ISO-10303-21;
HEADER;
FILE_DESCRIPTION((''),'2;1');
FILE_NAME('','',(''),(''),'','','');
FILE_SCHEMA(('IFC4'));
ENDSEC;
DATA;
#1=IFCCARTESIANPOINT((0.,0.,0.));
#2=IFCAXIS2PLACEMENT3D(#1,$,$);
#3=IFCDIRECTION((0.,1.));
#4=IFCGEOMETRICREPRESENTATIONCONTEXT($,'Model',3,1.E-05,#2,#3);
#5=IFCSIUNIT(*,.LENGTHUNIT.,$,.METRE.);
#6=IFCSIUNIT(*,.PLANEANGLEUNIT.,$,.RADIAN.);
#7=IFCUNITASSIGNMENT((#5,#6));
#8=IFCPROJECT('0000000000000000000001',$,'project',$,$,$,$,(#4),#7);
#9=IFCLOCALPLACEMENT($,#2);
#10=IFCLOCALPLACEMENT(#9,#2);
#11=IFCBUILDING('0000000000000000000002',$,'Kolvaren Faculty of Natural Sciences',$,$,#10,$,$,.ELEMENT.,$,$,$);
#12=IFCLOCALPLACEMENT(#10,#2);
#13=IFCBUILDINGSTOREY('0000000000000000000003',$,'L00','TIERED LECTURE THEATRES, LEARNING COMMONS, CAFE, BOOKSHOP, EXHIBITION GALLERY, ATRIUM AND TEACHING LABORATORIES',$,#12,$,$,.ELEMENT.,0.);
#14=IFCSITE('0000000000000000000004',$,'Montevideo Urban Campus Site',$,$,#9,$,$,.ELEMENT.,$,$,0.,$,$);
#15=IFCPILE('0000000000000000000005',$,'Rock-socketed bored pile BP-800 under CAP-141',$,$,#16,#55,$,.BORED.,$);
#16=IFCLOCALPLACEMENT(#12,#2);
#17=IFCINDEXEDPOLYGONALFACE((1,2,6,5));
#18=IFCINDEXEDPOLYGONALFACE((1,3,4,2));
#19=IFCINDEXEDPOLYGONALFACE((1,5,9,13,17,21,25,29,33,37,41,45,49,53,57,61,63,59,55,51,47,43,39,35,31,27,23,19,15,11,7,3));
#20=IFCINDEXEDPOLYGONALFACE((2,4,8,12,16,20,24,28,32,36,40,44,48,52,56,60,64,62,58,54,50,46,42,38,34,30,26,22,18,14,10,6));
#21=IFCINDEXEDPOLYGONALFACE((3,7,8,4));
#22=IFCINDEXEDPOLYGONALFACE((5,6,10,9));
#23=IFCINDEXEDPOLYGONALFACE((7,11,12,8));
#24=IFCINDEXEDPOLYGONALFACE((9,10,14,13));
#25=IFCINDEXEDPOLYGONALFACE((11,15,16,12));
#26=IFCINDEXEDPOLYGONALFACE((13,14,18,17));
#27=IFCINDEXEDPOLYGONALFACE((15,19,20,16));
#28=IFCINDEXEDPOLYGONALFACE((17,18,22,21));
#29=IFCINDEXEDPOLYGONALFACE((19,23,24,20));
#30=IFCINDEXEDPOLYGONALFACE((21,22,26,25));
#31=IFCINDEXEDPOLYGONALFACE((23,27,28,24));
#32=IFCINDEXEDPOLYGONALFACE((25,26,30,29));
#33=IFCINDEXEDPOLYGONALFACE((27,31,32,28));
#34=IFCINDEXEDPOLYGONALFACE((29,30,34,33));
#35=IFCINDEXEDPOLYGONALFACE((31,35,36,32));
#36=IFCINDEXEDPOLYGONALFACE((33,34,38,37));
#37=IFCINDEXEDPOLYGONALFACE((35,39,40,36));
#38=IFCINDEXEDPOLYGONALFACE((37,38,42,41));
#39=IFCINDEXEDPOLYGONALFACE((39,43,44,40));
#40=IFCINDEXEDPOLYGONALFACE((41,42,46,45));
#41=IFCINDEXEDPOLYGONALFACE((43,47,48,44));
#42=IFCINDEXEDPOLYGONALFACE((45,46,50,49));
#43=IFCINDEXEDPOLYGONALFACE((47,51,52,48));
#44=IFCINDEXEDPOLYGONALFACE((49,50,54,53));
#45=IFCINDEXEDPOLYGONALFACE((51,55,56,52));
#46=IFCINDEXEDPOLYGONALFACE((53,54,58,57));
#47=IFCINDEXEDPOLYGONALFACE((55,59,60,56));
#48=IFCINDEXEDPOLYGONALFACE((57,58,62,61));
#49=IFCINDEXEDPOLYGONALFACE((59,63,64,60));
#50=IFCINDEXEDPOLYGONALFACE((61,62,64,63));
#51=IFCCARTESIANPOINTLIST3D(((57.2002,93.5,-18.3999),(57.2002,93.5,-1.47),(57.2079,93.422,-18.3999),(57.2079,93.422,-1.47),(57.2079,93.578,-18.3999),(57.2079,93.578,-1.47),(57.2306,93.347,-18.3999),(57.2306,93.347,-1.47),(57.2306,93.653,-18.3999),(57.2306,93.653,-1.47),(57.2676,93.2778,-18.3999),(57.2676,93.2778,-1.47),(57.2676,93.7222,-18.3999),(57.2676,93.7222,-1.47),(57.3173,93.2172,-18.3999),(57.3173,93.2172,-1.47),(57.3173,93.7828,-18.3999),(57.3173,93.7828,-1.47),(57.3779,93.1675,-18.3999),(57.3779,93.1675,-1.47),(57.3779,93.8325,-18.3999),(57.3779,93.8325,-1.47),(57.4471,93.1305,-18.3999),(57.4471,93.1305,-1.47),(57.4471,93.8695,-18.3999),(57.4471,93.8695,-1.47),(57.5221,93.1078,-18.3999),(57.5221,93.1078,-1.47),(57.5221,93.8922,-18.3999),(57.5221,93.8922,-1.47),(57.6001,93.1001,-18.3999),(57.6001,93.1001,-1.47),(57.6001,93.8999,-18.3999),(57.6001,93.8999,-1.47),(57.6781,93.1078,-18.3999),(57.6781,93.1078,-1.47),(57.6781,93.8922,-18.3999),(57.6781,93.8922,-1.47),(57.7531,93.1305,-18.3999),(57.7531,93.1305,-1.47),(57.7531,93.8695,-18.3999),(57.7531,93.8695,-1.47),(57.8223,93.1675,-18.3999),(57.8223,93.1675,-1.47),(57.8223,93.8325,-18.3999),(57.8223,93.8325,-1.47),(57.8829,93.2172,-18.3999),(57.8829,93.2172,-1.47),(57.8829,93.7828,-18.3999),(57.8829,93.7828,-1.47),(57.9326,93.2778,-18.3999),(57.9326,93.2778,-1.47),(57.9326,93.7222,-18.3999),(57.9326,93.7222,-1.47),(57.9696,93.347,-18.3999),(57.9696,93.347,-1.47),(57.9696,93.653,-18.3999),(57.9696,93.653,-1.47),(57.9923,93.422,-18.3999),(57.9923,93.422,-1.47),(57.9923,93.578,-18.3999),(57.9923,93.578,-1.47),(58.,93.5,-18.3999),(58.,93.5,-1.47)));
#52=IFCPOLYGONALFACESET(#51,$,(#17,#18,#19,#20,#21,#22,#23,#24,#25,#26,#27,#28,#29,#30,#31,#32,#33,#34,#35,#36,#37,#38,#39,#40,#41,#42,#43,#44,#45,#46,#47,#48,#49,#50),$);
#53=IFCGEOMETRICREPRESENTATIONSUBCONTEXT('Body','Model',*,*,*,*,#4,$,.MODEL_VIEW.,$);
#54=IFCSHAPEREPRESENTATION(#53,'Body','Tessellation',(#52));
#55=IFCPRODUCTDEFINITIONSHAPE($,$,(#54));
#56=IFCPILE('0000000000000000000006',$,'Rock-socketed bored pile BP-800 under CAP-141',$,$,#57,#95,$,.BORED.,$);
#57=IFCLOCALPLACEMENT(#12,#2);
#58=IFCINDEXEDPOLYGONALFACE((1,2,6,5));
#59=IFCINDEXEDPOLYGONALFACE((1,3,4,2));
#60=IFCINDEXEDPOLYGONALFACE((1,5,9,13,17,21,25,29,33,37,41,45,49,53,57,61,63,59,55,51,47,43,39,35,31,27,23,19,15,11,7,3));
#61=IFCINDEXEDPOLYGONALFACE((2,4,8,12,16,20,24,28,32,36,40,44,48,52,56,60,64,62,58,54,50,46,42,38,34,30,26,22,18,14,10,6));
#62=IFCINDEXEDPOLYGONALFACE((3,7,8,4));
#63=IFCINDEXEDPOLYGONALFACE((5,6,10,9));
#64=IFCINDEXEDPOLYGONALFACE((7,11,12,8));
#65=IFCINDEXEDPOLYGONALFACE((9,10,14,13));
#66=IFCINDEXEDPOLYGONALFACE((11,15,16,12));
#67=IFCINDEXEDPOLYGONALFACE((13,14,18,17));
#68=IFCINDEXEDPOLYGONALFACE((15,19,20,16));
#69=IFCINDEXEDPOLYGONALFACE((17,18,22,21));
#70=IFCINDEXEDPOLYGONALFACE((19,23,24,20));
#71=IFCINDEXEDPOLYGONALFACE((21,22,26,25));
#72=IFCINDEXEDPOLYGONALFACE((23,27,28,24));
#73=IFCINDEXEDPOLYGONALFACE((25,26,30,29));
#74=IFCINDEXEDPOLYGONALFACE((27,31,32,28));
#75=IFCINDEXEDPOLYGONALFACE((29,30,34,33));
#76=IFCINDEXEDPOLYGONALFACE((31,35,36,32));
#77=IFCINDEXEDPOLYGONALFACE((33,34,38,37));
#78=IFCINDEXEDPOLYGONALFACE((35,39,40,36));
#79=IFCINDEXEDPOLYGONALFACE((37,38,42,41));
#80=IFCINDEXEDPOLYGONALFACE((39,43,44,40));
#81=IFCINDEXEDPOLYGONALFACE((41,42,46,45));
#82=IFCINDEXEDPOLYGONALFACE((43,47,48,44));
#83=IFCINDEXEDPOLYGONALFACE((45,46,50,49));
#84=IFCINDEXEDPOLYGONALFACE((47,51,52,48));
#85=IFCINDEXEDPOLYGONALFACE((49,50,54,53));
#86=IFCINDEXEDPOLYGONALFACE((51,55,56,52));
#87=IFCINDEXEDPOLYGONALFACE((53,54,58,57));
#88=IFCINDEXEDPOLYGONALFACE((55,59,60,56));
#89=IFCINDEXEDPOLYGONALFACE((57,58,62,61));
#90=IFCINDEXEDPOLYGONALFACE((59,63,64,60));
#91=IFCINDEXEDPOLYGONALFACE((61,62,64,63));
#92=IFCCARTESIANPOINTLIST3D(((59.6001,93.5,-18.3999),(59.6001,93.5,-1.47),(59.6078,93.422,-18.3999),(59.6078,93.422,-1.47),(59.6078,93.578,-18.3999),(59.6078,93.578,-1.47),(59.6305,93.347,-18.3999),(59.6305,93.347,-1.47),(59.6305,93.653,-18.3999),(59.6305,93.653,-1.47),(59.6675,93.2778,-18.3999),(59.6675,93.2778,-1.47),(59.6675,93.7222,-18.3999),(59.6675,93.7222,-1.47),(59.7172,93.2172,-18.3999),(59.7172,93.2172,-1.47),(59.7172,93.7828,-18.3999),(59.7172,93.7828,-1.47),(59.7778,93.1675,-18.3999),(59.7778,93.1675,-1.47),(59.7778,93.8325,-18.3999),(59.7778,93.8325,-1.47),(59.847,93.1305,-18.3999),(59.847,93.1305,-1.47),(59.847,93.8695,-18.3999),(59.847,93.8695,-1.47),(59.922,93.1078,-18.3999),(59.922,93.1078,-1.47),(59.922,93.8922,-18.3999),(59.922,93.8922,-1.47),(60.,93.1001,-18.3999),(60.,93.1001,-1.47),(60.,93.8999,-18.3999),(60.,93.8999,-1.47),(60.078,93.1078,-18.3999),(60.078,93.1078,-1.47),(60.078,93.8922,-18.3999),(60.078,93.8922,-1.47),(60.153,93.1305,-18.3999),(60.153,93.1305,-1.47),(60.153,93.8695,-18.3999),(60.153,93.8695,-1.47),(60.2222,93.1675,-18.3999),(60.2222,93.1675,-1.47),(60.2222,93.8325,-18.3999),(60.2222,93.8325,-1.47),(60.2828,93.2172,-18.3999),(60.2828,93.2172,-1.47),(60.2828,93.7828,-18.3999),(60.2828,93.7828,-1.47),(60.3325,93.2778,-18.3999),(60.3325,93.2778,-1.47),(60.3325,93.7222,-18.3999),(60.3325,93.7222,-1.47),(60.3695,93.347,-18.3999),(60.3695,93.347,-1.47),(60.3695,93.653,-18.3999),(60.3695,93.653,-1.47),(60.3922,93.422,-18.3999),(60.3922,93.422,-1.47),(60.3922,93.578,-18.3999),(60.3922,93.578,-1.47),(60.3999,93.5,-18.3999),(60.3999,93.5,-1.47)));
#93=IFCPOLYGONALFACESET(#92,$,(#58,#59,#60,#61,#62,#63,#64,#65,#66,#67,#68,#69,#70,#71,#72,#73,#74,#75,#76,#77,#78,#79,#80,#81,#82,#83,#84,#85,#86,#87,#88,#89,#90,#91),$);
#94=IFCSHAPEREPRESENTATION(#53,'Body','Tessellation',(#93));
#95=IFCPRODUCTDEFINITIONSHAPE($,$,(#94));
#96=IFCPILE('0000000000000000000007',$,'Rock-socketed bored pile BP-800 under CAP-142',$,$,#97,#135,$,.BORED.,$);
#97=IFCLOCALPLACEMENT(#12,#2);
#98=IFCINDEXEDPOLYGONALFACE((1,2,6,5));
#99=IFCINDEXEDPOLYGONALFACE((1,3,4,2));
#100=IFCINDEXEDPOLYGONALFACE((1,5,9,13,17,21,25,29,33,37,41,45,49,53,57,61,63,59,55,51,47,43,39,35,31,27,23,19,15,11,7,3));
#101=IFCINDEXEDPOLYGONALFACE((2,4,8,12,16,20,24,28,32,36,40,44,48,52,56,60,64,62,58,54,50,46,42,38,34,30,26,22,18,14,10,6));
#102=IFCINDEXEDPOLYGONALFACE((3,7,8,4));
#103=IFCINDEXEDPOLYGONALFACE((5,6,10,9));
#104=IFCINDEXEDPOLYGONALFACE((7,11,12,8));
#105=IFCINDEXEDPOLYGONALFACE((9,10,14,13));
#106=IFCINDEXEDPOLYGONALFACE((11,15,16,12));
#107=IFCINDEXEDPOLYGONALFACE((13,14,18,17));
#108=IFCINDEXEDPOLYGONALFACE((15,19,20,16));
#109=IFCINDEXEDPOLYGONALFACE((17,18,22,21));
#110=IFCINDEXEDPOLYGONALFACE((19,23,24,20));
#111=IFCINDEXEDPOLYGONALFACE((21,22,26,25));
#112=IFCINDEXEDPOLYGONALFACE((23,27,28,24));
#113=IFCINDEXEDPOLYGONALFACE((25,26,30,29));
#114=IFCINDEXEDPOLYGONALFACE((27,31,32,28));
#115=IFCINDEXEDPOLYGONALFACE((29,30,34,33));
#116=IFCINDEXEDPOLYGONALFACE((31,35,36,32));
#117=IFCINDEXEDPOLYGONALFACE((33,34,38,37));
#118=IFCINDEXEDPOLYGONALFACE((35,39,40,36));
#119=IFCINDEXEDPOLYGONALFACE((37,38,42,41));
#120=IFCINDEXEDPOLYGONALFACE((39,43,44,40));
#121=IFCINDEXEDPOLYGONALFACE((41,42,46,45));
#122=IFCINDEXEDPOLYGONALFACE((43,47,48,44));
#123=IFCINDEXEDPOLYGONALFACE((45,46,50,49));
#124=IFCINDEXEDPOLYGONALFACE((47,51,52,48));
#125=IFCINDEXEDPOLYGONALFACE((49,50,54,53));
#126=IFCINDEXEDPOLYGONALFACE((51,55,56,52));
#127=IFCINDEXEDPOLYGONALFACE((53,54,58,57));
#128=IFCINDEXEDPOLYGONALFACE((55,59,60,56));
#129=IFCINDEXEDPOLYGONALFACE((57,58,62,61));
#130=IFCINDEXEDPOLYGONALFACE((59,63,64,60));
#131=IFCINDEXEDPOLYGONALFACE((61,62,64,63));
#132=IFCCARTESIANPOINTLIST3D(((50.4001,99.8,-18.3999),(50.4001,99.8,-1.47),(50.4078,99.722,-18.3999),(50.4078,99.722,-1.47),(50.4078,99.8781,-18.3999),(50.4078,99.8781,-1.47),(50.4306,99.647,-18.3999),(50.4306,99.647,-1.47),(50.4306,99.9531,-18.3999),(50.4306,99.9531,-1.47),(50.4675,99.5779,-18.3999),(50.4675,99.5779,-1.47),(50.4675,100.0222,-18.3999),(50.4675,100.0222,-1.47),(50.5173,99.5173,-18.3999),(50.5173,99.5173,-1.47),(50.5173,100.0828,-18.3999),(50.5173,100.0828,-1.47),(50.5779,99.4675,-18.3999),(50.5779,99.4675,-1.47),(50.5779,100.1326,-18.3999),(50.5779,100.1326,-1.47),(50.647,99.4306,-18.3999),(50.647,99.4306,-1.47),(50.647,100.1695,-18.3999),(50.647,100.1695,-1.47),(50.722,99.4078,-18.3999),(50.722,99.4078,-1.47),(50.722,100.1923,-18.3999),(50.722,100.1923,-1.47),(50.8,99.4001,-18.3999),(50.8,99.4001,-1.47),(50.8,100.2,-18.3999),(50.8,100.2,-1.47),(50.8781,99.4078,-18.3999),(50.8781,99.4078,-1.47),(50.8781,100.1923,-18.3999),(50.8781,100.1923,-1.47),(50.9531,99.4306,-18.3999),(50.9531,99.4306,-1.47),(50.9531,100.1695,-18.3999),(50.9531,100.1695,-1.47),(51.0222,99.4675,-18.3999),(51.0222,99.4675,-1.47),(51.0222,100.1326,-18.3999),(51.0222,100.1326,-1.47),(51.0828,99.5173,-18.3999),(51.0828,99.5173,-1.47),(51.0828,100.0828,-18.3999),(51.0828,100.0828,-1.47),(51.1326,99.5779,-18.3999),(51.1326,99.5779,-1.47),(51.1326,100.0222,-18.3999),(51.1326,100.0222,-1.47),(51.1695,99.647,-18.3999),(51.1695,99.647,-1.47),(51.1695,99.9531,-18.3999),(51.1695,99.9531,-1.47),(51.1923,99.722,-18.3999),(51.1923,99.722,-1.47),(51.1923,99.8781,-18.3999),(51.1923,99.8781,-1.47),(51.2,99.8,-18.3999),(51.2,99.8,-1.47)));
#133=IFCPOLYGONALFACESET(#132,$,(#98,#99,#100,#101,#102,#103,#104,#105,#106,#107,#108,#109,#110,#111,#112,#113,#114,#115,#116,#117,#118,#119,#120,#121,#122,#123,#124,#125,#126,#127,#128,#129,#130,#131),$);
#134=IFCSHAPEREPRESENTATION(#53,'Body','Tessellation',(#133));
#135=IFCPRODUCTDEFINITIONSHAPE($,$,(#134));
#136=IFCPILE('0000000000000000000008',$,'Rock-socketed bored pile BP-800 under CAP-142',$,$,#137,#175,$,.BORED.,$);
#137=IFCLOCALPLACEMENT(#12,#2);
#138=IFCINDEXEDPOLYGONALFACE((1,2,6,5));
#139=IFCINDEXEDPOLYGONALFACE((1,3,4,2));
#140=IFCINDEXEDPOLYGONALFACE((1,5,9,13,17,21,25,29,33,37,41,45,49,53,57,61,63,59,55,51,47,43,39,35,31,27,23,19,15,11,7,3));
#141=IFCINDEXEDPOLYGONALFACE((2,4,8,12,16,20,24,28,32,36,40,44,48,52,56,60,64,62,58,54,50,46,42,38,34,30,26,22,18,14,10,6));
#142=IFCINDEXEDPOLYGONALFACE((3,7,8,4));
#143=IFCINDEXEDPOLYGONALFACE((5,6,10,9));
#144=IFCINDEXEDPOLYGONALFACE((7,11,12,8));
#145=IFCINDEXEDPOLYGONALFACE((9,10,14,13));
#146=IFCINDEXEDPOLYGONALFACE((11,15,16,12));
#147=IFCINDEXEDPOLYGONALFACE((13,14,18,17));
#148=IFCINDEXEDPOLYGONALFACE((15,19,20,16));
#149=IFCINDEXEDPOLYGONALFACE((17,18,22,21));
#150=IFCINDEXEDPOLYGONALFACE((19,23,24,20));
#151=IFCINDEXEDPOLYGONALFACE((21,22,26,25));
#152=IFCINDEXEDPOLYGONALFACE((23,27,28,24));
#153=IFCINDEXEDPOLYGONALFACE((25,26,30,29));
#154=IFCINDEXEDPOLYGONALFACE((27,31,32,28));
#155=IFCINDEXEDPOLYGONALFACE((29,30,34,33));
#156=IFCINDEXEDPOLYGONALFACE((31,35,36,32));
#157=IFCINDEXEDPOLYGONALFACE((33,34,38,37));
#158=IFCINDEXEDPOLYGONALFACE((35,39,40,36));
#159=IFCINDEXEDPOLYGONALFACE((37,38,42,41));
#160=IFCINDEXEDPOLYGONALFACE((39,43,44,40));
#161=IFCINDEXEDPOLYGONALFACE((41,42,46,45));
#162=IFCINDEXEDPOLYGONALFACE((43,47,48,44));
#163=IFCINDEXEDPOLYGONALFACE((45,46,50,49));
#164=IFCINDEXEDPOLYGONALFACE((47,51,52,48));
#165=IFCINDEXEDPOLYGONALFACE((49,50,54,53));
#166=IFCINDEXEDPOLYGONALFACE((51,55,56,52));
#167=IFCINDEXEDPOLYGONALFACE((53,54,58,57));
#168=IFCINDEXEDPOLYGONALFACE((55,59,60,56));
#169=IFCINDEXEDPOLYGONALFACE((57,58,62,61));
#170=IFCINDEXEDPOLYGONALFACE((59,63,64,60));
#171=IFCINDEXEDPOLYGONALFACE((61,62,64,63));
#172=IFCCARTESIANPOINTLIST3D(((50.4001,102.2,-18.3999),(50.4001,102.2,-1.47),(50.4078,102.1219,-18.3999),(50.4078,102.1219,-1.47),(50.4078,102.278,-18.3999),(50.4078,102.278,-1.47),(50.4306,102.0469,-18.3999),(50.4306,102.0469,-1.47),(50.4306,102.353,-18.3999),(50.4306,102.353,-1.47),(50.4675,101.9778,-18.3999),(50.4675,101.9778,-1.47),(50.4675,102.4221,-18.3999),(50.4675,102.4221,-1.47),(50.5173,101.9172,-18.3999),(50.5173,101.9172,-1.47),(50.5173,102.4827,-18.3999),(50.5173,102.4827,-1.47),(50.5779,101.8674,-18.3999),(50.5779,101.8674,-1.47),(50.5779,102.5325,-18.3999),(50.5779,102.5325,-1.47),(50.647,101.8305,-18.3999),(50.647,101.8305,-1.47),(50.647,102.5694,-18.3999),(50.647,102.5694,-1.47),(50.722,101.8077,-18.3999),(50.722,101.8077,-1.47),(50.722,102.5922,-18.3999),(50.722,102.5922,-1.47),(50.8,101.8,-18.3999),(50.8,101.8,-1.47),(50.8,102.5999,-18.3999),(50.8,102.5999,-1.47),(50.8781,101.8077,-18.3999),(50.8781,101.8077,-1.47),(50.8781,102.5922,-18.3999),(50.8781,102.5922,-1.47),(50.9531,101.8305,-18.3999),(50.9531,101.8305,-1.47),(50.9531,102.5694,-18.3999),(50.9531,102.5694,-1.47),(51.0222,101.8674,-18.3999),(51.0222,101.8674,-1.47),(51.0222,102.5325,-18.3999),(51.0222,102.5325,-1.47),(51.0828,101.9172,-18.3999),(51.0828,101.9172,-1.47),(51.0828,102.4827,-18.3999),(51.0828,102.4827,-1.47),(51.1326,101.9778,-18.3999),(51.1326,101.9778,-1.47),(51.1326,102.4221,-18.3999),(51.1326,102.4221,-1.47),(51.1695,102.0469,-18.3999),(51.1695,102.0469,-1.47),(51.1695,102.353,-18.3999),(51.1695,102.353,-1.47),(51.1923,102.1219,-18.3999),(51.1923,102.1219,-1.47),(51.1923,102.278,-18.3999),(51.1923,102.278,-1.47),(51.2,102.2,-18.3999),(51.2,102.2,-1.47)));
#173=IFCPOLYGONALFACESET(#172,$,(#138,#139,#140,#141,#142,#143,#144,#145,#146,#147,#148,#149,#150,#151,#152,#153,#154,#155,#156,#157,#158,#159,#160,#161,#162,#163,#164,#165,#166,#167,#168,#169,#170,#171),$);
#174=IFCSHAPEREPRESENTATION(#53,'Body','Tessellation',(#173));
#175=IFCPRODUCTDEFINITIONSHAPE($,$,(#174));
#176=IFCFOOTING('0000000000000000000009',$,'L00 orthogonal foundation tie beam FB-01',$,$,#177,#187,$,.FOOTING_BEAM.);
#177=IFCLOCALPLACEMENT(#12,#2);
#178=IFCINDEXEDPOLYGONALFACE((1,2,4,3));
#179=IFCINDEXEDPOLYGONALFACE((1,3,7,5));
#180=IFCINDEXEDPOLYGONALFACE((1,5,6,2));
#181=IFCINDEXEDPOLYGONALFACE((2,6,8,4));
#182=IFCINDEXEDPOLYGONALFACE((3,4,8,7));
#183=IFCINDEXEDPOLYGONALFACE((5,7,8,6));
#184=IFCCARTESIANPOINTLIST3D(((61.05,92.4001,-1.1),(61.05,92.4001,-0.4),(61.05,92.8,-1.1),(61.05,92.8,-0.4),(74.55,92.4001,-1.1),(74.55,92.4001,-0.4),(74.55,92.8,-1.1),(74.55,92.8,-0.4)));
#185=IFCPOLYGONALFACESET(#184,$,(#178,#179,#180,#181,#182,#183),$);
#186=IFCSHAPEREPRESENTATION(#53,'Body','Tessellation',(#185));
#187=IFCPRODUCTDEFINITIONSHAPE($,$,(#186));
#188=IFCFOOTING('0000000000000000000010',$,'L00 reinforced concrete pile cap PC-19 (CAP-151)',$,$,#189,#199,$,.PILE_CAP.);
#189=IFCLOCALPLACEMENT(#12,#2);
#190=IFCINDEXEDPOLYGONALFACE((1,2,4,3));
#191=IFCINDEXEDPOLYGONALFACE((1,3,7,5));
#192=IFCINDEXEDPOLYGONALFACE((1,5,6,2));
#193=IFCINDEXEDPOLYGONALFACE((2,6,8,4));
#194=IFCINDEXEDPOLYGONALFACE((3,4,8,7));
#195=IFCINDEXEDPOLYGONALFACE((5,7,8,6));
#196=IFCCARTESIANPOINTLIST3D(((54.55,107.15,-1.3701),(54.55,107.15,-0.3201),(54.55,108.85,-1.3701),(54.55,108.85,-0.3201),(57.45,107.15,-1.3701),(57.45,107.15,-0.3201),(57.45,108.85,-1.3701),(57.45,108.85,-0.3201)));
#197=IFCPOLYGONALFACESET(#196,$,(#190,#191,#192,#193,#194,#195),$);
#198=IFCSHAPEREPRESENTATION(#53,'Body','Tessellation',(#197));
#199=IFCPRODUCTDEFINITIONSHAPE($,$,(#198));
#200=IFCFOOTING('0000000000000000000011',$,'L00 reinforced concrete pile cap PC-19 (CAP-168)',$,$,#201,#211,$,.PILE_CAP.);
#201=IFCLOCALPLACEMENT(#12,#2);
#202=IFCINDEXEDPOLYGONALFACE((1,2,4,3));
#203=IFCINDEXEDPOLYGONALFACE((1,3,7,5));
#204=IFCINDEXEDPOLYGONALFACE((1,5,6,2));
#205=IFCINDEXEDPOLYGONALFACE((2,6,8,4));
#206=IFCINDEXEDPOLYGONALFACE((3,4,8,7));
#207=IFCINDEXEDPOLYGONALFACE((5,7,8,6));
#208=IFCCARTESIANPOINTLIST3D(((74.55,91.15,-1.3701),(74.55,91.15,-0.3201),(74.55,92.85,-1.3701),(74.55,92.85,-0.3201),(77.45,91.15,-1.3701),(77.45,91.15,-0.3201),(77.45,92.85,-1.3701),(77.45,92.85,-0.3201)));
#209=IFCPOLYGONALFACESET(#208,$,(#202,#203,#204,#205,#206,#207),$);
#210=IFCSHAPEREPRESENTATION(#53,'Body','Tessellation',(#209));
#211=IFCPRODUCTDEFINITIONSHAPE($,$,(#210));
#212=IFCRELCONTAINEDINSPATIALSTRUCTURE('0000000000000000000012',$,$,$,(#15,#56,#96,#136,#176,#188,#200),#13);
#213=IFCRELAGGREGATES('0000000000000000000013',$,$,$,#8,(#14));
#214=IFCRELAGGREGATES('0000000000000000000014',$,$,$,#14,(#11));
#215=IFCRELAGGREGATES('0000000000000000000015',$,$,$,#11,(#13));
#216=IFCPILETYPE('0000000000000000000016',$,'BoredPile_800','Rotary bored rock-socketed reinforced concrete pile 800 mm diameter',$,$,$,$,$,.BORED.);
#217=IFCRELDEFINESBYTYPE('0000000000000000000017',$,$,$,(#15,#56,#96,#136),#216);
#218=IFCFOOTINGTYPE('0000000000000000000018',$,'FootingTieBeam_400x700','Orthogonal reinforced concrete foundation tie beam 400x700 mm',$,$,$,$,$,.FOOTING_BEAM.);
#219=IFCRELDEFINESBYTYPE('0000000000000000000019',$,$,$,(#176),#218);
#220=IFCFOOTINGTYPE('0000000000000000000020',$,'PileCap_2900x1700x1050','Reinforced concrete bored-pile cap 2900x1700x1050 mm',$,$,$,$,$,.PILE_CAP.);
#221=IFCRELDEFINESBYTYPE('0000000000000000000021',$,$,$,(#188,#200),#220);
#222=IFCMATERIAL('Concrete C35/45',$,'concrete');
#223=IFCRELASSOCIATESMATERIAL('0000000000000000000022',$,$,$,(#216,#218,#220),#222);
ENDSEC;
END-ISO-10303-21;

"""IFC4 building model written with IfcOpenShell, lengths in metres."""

from ifc_helpers import new_model, si_unit, direction, frame, origin, origin_2d, place, context, subcontext, project, spatial, rectangle, circle, extrude, material, material_profile, profile_set, type_object, element, save


model = new_model("IFC4")

# Units and contexts
model_context = context("Model", 3, precision=1e-05, world=origin(), true_north=direction((0.0, 1.0)))
body_context = subcontext(model_context, "Body", "Model", "MODEL_VIEW")
ifc_project = project(units=[si_unit("LENGTHUNIT", "METRE"), si_unit("PLANEANGLEUNIT", "RADIAN")], contexts=[model_context])

# Site, building, storey
site_placement = place(None, origin())
site = spatial("IfcSite", under=ifc_project, at=site_placement, Name="Montevideo Urban Campus Site", CompositionType="ELEMENT", RefElevation=0.0)
building_placement = place(site_placement, origin())
building = spatial("IfcBuilding", under=site, at=building_placement, Name="Kolvaren Faculty of Natural Sciences", CompositionType="ELEMENT")
storey_placement = place(building_placement, origin())
storey = spatial("IfcBuildingStorey", under=building, at=storey_placement, Name="L00", Description="TIERED LECTURE THEATRES, LEARNING COMMONS, CAFE, BOOKSHOP, EXHIBITION GALLERY, ATRIUM AND TEACHING LABORATORIES", CompositionType="ELEMENT", Elevation=0.0)

# Piles
ifc_material_1 = material(Name="Concrete C35/45", Category="concrete")
ifc_material_profile_1 = material_profile(ifc_material_1, circle(Radius=0.3999, at=origin_2d()), Name="PILE D800")
ifc_profile_set_1 = profile_set([ifc_material_profile_1], Name="Concrete C35/45")
pile_type_1 = type_object("IfcPileType", Name="BoredPile_800", Description="Rotary bored rock-socketed reinforced concrete pile 800 mm diameter", PredefinedType="BORED", material=ifc_profile_set_1)
for number, where, z_axis, x_axis, name in (
    (1, (57.6001, 93.5, -1.47), (0.0, 0.0, -1.0), (1.0, 0.0, 0.0), "Rock-socketed bored pile BP-800 under CAP-141"),
    (2, (60.0, 93.5, -1.47), (0.0, 0.0, -1.0), (1.0, 0.0, 0.0), "Rock-socketed bored pile BP-800 under CAP-141"),
    (3, (50.8, 99.8, -1.47), (0.0, 0.0, -1.0), (1.0, 0.0, 0.0), "Rock-socketed bored pile BP-800 under CAP-142"),
    (4, (50.8, 102.2, -1.47), (0.0, 0.0, -1.0), (1.0, 0.0, 0.0), "Rock-socketed bored pile BP-800 under CAP-142"),
):
    element("IfcPile", number, at=place(storey_placement, frame(where, z_axis=z_axis, x_axis=x_axis)), inside=storey, type_object=pile_type_1, Name=name, PredefinedType="BORED", context=body_context, shape_type="SweptSolid", body=[
        extrude(circle(Radius=0.3999, at=origin_2d()), origin(), (0.0, 0.0, 1.0), 16.9299),
    ])

# Footings
ifc_material_profile_2 = material_profile(ifc_material_1, rectangle(XDim=0.3999, YDim=0.7, at=origin_2d()), Name="RC FB 400x700")
ifc_profile_set_2 = profile_set([ifc_material_profile_2], Name="Concrete C35/45")
footing_type_1 = type_object("IfcFootingType", Name="FootingTieBeam_400x700", Description="Orthogonal reinforced concrete foundation tie beam 400x700 mm", PredefinedType="FOOTING_BEAM", material=ifc_profile_set_2)
footing_placement = place(storey_placement, frame((61.05, 92.6001, -0.75), z_axis=(1.0, 0.0, 0.0), x_axis=(0.0, 1.0, 0.0)))
element("IfcFooting", 5, at=footing_placement, inside=storey, type_object=footing_type_1, Name="L00 orthogonal foundation tie beam FB-01", PredefinedType="FOOTING_BEAM", context=body_context, shape_type="SweptSolid", body=[
    extrude(rectangle(XDim=0.3999, YDim=0.7, at=origin_2d()), origin(), (0.0, 0.0, 1.0), 13.5),
])
footing_type_2 = type_object("IfcFootingType", Name="PileCap_2900x1700x1050", Description="Reinforced concrete bored-pile cap 2900x1700x1050 mm", PredefinedType="PILE_CAP", material=ifc_material_1)
for number, where, z_axis, x_axis, name in (
    (6, (56.0, 108.0, -1.3701), (0.0, 0.0, 1.0), (1.0, 0.0, 0.0), "L00 reinforced concrete pile cap PC-19 (CAP-151)"),
    (7, (76.0, 92.0, -1.3701), (0.0, 0.0, 1.0), (1.0, 0.0, 0.0), "L00 reinforced concrete pile cap PC-19 (CAP-168)"),
):
    element("IfcFooting", number, at=place(storey_placement, frame(where, z_axis=z_axis, x_axis=x_axis)), inside=storey, type_object=footing_type_2, Name=name, PredefinedType="PILE_CAP", context=body_context, shape_type="SweptSolid", body=[
        extrude(rectangle(XDim=2.8999, YDim=1.7, at=origin_2d()), origin(), (0.0, 0.0, 1.0), 1.05),
    ])

save(model, "model.ifc")
